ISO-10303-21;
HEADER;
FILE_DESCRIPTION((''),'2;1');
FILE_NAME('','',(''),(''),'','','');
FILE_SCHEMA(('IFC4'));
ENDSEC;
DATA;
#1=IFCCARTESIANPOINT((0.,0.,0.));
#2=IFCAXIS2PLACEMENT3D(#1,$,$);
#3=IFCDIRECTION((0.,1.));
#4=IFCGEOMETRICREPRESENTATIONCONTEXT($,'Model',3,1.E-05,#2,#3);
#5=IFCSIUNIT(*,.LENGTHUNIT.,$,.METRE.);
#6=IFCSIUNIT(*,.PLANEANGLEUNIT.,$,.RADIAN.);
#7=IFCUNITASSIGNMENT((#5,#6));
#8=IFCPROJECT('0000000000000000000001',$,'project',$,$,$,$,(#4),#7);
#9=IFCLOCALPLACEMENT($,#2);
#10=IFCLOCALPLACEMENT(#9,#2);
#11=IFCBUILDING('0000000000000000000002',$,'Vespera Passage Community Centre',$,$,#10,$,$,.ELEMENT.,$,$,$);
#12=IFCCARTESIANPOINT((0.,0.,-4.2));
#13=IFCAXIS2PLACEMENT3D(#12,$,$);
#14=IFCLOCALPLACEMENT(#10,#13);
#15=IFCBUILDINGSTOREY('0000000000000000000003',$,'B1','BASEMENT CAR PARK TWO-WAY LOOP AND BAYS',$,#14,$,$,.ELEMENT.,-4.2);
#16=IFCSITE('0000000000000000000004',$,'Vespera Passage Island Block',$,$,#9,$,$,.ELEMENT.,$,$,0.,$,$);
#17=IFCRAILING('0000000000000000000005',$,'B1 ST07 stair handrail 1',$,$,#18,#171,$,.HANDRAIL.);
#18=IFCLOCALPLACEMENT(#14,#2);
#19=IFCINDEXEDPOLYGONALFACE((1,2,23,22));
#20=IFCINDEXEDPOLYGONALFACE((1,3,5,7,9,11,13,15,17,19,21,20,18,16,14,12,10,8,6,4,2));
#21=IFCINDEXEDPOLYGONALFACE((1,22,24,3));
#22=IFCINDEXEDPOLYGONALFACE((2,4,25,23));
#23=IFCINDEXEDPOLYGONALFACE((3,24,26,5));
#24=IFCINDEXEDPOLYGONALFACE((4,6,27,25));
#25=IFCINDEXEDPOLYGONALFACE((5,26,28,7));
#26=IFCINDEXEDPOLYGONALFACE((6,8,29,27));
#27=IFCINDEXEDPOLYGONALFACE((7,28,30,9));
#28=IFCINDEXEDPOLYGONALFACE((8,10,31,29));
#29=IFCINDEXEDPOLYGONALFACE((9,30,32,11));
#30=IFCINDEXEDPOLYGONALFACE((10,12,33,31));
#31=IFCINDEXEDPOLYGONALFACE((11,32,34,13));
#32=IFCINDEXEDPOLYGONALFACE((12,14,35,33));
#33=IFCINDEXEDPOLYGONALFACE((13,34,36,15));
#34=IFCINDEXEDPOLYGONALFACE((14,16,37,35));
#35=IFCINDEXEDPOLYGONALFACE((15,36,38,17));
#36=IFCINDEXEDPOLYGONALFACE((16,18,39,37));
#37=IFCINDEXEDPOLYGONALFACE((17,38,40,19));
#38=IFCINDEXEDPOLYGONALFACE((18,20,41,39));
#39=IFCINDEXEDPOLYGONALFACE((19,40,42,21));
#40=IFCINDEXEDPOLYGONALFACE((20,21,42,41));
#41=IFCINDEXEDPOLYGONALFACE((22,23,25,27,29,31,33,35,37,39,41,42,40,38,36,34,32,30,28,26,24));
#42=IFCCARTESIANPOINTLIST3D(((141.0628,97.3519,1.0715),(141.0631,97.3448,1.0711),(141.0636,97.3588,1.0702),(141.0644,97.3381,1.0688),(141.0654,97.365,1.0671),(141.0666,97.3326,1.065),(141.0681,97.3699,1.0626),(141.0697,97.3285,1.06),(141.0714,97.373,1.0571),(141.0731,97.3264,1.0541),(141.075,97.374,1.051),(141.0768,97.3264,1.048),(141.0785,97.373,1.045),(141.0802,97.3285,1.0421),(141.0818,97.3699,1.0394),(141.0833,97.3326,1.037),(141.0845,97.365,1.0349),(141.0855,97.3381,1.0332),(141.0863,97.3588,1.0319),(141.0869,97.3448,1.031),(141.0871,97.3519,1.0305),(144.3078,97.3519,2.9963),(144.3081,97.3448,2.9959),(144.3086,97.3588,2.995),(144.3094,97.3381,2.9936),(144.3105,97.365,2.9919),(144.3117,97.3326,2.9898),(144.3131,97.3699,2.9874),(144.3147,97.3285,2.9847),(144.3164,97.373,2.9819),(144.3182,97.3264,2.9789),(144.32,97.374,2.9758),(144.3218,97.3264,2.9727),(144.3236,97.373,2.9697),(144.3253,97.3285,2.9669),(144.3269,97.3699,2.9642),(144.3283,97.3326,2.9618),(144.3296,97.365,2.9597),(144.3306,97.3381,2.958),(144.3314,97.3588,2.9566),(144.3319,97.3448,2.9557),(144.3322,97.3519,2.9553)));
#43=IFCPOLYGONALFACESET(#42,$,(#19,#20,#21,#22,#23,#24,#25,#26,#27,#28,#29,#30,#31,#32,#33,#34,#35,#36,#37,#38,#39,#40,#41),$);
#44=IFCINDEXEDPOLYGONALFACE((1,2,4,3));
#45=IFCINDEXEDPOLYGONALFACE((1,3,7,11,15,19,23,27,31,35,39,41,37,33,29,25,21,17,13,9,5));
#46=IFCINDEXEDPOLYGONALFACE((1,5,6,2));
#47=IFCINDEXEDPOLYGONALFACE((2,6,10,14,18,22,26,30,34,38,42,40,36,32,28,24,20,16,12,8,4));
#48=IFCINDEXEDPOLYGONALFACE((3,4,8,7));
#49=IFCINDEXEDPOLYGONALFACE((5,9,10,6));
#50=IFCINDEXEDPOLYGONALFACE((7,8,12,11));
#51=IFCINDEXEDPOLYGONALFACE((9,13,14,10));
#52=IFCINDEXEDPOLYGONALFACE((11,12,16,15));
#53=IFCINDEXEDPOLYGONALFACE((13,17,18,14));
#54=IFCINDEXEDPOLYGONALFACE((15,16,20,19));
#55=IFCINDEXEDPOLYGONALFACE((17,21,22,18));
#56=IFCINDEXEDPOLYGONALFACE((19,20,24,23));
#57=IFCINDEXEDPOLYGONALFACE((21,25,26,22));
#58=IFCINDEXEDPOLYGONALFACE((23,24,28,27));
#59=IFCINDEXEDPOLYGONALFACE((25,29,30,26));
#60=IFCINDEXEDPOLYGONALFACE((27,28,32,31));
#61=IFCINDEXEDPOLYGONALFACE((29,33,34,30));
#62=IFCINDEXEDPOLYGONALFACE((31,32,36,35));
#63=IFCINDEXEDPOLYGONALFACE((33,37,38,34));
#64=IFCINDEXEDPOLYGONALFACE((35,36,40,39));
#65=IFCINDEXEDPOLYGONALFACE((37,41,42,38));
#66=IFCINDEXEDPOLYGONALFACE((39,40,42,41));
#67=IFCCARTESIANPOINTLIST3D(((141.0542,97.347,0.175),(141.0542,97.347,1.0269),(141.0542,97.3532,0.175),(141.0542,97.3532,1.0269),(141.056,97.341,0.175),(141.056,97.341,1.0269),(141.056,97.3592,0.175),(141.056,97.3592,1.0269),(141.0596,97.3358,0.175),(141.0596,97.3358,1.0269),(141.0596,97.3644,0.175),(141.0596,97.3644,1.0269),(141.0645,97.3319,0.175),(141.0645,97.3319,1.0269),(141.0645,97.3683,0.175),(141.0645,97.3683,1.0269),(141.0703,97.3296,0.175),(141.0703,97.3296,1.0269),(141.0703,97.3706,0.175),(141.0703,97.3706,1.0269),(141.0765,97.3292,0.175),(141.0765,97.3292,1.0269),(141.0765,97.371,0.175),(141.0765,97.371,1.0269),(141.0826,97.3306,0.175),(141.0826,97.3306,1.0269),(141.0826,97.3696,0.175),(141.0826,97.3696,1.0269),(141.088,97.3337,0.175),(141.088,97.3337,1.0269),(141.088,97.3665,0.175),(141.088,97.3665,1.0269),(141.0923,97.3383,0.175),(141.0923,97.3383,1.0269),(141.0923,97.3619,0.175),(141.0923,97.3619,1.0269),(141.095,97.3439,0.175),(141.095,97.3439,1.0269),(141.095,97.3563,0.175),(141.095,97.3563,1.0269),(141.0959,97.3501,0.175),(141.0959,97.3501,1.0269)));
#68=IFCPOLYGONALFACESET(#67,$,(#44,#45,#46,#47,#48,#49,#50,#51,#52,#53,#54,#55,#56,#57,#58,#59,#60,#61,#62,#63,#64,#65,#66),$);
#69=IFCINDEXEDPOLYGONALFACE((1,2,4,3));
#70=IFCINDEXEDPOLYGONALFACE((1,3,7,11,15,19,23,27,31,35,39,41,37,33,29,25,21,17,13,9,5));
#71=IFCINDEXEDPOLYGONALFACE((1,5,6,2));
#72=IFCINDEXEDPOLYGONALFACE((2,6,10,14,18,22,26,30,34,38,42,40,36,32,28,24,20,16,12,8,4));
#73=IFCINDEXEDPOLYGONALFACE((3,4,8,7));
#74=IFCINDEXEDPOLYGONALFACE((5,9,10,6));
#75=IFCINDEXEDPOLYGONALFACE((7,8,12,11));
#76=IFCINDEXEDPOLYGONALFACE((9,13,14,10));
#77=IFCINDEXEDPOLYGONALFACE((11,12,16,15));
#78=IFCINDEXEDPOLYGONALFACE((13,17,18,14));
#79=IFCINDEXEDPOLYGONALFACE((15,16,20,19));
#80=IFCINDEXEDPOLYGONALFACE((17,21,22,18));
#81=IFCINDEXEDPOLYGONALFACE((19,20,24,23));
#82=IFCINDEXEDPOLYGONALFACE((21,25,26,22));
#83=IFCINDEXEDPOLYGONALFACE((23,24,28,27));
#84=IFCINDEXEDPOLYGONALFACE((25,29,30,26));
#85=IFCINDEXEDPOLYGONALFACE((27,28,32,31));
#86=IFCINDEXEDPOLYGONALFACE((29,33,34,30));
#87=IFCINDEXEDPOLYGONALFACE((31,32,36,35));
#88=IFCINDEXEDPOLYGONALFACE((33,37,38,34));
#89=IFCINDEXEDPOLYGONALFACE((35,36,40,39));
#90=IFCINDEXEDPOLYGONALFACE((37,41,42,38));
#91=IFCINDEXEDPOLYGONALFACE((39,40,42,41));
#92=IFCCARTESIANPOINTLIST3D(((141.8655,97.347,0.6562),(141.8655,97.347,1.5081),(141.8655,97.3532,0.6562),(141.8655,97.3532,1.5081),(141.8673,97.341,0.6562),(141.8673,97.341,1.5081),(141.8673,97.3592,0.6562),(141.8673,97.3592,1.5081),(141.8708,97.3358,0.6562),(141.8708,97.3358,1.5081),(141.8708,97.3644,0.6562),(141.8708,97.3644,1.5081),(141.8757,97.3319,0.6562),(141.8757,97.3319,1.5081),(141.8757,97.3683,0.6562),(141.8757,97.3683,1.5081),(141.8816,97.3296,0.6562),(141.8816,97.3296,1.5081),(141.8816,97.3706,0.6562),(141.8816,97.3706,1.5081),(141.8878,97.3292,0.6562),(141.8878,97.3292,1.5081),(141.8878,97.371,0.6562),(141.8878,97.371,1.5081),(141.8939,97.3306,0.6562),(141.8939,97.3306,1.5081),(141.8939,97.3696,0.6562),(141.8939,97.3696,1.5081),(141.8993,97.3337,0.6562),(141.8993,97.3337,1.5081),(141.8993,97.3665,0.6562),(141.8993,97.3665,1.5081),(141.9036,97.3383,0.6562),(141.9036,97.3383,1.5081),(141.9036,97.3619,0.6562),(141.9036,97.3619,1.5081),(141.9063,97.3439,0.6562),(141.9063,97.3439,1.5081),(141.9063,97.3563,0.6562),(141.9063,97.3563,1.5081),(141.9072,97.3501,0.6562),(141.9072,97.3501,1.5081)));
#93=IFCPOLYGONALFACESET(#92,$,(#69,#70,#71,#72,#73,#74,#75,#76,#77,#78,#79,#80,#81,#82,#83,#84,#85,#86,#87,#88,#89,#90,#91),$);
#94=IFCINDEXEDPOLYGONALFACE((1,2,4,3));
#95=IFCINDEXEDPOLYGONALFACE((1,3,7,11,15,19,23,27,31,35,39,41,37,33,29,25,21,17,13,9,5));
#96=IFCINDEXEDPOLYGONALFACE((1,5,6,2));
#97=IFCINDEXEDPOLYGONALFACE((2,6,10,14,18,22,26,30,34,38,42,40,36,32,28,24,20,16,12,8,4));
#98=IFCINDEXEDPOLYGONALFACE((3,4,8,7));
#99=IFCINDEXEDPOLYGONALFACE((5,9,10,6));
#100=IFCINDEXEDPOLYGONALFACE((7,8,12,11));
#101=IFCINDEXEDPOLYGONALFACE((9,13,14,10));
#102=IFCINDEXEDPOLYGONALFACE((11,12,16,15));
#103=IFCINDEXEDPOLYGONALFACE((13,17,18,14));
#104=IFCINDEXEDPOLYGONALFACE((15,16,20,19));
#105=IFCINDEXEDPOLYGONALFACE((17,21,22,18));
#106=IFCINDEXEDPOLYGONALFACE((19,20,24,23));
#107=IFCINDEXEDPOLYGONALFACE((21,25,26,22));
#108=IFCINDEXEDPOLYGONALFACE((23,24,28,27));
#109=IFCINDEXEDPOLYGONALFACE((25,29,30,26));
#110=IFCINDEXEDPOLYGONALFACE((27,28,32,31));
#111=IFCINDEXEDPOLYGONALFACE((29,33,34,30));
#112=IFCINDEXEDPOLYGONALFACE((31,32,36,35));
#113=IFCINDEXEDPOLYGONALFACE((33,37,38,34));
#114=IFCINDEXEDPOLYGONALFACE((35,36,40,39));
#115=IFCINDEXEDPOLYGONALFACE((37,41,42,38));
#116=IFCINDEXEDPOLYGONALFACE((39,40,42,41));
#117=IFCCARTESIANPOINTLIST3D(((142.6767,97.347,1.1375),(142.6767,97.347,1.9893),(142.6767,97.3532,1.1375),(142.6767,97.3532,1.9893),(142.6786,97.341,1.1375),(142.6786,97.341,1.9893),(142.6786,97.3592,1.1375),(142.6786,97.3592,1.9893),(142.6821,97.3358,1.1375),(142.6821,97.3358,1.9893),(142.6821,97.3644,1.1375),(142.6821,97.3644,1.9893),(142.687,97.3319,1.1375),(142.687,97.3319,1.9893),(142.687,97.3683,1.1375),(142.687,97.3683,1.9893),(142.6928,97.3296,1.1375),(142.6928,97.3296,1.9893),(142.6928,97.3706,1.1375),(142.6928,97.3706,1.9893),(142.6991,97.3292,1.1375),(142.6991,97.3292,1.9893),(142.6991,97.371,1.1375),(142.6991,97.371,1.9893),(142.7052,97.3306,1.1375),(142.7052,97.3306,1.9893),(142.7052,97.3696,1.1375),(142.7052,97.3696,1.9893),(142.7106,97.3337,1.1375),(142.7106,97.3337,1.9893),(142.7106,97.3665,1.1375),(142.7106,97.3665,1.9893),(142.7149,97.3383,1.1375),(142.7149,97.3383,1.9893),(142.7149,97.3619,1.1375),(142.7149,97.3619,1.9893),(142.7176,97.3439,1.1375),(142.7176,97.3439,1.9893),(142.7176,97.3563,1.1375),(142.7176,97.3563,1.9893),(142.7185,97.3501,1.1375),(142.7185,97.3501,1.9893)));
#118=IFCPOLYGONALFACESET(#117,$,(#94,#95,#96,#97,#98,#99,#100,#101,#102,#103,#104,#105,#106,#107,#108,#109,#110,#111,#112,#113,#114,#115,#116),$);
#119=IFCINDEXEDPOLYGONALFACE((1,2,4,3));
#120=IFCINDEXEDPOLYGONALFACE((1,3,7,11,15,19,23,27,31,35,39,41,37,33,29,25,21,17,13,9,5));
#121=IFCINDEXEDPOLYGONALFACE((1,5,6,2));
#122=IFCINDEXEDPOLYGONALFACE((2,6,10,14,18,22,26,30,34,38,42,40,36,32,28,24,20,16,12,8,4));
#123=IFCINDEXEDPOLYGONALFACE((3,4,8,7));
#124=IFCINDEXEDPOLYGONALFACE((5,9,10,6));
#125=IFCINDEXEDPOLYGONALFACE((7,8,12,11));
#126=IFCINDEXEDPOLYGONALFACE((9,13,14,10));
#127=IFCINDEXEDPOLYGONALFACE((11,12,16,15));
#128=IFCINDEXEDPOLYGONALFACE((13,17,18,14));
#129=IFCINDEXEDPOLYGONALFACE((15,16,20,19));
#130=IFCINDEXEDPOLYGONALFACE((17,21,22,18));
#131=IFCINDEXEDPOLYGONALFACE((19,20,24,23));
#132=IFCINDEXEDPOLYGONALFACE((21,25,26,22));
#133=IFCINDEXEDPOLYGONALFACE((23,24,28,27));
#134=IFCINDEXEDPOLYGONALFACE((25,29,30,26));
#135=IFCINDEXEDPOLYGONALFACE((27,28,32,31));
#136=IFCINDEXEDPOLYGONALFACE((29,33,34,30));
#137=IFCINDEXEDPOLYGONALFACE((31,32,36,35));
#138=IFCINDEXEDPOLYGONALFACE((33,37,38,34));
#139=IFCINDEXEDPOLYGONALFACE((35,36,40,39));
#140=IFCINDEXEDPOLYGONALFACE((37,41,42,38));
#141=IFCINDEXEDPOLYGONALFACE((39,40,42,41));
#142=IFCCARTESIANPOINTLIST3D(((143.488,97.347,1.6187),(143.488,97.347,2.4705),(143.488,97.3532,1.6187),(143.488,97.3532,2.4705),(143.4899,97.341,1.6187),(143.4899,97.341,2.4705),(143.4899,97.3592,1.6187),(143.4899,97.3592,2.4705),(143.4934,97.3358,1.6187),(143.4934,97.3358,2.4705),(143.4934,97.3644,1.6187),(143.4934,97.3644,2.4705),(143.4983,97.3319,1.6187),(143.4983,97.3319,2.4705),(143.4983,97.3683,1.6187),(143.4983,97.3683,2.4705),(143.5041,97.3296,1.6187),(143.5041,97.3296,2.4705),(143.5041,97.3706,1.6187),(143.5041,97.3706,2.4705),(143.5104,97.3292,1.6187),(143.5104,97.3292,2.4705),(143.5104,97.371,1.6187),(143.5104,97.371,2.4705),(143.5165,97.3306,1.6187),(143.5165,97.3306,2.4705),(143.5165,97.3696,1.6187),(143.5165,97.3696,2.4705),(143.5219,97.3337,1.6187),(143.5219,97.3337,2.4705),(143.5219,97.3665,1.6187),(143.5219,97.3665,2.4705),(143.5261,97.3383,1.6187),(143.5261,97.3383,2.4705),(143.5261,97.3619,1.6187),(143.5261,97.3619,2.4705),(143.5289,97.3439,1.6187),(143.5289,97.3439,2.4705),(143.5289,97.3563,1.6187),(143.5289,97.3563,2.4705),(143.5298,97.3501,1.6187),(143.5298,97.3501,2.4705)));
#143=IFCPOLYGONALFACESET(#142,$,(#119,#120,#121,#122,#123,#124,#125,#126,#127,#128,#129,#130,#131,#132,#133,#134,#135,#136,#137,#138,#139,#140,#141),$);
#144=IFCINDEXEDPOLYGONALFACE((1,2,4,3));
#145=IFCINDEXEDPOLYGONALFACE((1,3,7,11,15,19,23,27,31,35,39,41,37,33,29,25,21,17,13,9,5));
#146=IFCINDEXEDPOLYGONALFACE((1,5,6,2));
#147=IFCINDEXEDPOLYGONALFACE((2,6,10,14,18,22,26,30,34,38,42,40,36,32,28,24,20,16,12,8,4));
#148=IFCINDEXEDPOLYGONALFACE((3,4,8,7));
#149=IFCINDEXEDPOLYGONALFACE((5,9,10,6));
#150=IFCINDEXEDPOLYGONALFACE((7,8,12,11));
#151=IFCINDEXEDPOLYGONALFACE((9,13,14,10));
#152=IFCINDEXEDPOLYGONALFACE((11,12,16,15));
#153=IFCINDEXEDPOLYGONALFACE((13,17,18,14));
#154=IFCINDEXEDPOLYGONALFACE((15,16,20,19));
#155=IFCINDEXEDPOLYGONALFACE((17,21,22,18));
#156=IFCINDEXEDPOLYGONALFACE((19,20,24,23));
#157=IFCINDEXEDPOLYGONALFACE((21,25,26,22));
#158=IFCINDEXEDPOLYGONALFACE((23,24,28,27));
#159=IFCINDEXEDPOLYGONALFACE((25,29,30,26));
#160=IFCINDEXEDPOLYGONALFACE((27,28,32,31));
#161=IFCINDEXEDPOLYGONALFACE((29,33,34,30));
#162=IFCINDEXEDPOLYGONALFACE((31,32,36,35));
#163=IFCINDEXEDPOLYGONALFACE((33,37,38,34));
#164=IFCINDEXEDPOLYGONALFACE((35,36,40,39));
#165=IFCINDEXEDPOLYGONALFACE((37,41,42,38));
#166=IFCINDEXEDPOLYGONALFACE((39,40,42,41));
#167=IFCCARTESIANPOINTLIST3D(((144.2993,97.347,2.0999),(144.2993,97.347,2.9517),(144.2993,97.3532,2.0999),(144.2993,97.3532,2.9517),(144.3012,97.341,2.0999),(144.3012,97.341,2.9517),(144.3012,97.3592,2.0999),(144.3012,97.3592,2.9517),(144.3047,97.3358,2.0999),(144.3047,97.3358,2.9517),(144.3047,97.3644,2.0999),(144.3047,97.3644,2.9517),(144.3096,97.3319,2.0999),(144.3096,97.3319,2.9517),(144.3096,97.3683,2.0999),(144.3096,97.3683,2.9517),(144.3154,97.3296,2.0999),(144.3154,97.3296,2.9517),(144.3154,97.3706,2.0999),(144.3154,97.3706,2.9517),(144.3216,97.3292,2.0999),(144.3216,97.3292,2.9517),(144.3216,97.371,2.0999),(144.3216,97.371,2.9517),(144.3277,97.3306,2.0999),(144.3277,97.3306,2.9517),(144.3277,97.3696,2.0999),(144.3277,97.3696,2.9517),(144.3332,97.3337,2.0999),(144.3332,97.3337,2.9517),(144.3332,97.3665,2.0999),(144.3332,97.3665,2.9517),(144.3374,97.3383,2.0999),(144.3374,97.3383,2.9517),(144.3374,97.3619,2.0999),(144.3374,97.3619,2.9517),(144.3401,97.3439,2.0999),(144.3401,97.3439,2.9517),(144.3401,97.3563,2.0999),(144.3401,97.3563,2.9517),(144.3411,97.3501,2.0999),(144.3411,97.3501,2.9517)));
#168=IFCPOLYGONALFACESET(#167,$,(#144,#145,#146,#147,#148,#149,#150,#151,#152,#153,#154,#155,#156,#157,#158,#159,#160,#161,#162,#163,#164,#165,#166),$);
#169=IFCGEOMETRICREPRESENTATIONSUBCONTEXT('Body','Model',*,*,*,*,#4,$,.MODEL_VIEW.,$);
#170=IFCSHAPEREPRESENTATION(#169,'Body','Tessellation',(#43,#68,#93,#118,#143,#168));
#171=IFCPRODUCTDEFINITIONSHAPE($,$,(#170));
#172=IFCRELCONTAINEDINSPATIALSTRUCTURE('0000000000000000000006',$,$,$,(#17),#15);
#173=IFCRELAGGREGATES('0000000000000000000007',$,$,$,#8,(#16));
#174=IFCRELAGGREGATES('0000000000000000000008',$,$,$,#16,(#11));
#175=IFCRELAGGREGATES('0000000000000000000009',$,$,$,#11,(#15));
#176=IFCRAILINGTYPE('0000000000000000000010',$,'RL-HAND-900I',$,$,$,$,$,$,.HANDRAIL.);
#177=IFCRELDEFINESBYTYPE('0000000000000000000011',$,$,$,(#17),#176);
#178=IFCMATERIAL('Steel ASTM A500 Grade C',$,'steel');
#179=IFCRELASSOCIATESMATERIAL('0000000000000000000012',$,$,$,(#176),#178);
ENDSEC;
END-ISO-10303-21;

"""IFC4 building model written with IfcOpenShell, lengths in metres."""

from ifc_helpers import new_model, si_unit, direction, frame, origin, origin_2d, place, context, subcontext, project, spatial, circle, extrude, material, type_object, element, save


model = new_model("IFC4")

# Units and contexts
model_context = context("Model", 3, precision=1e-05, world=origin(), true_north=direction((0.0, 1.0)))
body_context = subcontext(model_context, "Body", "Model", "MODEL_VIEW")
ifc_project = project(units=[si_unit("LENGTHUNIT", "METRE"), si_unit("PLANEANGLEUNIT", "RADIAN")], contexts=[model_context])

# Site, building, storey
site_placement = place(None, origin())
site = spatial("IfcSite", under=ifc_project, at=site_placement, Name="Vespera Passage Island Block", CompositionType="ELEMENT", RefElevation=0.0)
building_placement = place(site_placement, origin())
building = spatial("IfcBuilding", under=site, at=building_placement, Name="Vespera Passage Community Centre", CompositionType="ELEMENT")
storey_placement = place(building_placement, frame((0.0, 0.0, -4.2)))
storey = spatial("IfcBuildingStorey", under=building, at=storey_placement, Name="B1", Description="BASEMENT CAR PARK TWO-WAY LOOP AND BAYS", CompositionType="ELEMENT", Elevation=-4.2)

# Railing
ifc_material_1 = material(Name="Steel ASTM A500 Grade C", Category="steel")
railing_type_1 = type_object("IfcRailingType", Name="RL-HAND-900I", PredefinedType="HANDRAIL", material=ifc_material_1)
railing_1_placement = place(storey_placement, frame((141.075, 97.3501, 0.175)))
element("IfcRailing", 1, at=railing_1_placement, inside=storey, type_object=railing_type_1, Name="B1 ST07 stair handrail 1", PredefinedType="HANDRAIL", context=body_context, shape_type="SweptSolid", body=[
    extrude(circle(Radius=0.0239, at=origin_2d()), frame((0.0, 0.0, 0.876), z_axis=(0.860085, 0.0, 0.51015), x_axis=(0.0, 1.0, 0.0)), (0.0, 0.0, 1.0), 3.7729),
    extrude(circle(Radius=0.021, at=origin_2d()), origin(), (0.0, 0.0, 1.0), 0.8518),
    extrude(circle(Radius=0.021, at=origin_2d()), frame((0.8113, 0.0, 0.4812)), (0.0, 0.0, 1.0), 0.8518),
    extrude(circle(Radius=0.021, at=origin_2d()), frame((1.6226, 0.0, 0.9624)), (0.0, 0.0, 1.0), 0.8518),
    extrude(circle(Radius=0.021, at=origin_2d()), frame((2.4338, 0.0, 1.4436)), (0.0, 0.0, 1.0), 0.8518),
    extrude(circle(Radius=0.021, at=origin_2d()), frame((3.2451, 0.0, 1.9248)), (0.0, 0.0, 1.0), 0.8518),
])

save(model, "model.ifc")
